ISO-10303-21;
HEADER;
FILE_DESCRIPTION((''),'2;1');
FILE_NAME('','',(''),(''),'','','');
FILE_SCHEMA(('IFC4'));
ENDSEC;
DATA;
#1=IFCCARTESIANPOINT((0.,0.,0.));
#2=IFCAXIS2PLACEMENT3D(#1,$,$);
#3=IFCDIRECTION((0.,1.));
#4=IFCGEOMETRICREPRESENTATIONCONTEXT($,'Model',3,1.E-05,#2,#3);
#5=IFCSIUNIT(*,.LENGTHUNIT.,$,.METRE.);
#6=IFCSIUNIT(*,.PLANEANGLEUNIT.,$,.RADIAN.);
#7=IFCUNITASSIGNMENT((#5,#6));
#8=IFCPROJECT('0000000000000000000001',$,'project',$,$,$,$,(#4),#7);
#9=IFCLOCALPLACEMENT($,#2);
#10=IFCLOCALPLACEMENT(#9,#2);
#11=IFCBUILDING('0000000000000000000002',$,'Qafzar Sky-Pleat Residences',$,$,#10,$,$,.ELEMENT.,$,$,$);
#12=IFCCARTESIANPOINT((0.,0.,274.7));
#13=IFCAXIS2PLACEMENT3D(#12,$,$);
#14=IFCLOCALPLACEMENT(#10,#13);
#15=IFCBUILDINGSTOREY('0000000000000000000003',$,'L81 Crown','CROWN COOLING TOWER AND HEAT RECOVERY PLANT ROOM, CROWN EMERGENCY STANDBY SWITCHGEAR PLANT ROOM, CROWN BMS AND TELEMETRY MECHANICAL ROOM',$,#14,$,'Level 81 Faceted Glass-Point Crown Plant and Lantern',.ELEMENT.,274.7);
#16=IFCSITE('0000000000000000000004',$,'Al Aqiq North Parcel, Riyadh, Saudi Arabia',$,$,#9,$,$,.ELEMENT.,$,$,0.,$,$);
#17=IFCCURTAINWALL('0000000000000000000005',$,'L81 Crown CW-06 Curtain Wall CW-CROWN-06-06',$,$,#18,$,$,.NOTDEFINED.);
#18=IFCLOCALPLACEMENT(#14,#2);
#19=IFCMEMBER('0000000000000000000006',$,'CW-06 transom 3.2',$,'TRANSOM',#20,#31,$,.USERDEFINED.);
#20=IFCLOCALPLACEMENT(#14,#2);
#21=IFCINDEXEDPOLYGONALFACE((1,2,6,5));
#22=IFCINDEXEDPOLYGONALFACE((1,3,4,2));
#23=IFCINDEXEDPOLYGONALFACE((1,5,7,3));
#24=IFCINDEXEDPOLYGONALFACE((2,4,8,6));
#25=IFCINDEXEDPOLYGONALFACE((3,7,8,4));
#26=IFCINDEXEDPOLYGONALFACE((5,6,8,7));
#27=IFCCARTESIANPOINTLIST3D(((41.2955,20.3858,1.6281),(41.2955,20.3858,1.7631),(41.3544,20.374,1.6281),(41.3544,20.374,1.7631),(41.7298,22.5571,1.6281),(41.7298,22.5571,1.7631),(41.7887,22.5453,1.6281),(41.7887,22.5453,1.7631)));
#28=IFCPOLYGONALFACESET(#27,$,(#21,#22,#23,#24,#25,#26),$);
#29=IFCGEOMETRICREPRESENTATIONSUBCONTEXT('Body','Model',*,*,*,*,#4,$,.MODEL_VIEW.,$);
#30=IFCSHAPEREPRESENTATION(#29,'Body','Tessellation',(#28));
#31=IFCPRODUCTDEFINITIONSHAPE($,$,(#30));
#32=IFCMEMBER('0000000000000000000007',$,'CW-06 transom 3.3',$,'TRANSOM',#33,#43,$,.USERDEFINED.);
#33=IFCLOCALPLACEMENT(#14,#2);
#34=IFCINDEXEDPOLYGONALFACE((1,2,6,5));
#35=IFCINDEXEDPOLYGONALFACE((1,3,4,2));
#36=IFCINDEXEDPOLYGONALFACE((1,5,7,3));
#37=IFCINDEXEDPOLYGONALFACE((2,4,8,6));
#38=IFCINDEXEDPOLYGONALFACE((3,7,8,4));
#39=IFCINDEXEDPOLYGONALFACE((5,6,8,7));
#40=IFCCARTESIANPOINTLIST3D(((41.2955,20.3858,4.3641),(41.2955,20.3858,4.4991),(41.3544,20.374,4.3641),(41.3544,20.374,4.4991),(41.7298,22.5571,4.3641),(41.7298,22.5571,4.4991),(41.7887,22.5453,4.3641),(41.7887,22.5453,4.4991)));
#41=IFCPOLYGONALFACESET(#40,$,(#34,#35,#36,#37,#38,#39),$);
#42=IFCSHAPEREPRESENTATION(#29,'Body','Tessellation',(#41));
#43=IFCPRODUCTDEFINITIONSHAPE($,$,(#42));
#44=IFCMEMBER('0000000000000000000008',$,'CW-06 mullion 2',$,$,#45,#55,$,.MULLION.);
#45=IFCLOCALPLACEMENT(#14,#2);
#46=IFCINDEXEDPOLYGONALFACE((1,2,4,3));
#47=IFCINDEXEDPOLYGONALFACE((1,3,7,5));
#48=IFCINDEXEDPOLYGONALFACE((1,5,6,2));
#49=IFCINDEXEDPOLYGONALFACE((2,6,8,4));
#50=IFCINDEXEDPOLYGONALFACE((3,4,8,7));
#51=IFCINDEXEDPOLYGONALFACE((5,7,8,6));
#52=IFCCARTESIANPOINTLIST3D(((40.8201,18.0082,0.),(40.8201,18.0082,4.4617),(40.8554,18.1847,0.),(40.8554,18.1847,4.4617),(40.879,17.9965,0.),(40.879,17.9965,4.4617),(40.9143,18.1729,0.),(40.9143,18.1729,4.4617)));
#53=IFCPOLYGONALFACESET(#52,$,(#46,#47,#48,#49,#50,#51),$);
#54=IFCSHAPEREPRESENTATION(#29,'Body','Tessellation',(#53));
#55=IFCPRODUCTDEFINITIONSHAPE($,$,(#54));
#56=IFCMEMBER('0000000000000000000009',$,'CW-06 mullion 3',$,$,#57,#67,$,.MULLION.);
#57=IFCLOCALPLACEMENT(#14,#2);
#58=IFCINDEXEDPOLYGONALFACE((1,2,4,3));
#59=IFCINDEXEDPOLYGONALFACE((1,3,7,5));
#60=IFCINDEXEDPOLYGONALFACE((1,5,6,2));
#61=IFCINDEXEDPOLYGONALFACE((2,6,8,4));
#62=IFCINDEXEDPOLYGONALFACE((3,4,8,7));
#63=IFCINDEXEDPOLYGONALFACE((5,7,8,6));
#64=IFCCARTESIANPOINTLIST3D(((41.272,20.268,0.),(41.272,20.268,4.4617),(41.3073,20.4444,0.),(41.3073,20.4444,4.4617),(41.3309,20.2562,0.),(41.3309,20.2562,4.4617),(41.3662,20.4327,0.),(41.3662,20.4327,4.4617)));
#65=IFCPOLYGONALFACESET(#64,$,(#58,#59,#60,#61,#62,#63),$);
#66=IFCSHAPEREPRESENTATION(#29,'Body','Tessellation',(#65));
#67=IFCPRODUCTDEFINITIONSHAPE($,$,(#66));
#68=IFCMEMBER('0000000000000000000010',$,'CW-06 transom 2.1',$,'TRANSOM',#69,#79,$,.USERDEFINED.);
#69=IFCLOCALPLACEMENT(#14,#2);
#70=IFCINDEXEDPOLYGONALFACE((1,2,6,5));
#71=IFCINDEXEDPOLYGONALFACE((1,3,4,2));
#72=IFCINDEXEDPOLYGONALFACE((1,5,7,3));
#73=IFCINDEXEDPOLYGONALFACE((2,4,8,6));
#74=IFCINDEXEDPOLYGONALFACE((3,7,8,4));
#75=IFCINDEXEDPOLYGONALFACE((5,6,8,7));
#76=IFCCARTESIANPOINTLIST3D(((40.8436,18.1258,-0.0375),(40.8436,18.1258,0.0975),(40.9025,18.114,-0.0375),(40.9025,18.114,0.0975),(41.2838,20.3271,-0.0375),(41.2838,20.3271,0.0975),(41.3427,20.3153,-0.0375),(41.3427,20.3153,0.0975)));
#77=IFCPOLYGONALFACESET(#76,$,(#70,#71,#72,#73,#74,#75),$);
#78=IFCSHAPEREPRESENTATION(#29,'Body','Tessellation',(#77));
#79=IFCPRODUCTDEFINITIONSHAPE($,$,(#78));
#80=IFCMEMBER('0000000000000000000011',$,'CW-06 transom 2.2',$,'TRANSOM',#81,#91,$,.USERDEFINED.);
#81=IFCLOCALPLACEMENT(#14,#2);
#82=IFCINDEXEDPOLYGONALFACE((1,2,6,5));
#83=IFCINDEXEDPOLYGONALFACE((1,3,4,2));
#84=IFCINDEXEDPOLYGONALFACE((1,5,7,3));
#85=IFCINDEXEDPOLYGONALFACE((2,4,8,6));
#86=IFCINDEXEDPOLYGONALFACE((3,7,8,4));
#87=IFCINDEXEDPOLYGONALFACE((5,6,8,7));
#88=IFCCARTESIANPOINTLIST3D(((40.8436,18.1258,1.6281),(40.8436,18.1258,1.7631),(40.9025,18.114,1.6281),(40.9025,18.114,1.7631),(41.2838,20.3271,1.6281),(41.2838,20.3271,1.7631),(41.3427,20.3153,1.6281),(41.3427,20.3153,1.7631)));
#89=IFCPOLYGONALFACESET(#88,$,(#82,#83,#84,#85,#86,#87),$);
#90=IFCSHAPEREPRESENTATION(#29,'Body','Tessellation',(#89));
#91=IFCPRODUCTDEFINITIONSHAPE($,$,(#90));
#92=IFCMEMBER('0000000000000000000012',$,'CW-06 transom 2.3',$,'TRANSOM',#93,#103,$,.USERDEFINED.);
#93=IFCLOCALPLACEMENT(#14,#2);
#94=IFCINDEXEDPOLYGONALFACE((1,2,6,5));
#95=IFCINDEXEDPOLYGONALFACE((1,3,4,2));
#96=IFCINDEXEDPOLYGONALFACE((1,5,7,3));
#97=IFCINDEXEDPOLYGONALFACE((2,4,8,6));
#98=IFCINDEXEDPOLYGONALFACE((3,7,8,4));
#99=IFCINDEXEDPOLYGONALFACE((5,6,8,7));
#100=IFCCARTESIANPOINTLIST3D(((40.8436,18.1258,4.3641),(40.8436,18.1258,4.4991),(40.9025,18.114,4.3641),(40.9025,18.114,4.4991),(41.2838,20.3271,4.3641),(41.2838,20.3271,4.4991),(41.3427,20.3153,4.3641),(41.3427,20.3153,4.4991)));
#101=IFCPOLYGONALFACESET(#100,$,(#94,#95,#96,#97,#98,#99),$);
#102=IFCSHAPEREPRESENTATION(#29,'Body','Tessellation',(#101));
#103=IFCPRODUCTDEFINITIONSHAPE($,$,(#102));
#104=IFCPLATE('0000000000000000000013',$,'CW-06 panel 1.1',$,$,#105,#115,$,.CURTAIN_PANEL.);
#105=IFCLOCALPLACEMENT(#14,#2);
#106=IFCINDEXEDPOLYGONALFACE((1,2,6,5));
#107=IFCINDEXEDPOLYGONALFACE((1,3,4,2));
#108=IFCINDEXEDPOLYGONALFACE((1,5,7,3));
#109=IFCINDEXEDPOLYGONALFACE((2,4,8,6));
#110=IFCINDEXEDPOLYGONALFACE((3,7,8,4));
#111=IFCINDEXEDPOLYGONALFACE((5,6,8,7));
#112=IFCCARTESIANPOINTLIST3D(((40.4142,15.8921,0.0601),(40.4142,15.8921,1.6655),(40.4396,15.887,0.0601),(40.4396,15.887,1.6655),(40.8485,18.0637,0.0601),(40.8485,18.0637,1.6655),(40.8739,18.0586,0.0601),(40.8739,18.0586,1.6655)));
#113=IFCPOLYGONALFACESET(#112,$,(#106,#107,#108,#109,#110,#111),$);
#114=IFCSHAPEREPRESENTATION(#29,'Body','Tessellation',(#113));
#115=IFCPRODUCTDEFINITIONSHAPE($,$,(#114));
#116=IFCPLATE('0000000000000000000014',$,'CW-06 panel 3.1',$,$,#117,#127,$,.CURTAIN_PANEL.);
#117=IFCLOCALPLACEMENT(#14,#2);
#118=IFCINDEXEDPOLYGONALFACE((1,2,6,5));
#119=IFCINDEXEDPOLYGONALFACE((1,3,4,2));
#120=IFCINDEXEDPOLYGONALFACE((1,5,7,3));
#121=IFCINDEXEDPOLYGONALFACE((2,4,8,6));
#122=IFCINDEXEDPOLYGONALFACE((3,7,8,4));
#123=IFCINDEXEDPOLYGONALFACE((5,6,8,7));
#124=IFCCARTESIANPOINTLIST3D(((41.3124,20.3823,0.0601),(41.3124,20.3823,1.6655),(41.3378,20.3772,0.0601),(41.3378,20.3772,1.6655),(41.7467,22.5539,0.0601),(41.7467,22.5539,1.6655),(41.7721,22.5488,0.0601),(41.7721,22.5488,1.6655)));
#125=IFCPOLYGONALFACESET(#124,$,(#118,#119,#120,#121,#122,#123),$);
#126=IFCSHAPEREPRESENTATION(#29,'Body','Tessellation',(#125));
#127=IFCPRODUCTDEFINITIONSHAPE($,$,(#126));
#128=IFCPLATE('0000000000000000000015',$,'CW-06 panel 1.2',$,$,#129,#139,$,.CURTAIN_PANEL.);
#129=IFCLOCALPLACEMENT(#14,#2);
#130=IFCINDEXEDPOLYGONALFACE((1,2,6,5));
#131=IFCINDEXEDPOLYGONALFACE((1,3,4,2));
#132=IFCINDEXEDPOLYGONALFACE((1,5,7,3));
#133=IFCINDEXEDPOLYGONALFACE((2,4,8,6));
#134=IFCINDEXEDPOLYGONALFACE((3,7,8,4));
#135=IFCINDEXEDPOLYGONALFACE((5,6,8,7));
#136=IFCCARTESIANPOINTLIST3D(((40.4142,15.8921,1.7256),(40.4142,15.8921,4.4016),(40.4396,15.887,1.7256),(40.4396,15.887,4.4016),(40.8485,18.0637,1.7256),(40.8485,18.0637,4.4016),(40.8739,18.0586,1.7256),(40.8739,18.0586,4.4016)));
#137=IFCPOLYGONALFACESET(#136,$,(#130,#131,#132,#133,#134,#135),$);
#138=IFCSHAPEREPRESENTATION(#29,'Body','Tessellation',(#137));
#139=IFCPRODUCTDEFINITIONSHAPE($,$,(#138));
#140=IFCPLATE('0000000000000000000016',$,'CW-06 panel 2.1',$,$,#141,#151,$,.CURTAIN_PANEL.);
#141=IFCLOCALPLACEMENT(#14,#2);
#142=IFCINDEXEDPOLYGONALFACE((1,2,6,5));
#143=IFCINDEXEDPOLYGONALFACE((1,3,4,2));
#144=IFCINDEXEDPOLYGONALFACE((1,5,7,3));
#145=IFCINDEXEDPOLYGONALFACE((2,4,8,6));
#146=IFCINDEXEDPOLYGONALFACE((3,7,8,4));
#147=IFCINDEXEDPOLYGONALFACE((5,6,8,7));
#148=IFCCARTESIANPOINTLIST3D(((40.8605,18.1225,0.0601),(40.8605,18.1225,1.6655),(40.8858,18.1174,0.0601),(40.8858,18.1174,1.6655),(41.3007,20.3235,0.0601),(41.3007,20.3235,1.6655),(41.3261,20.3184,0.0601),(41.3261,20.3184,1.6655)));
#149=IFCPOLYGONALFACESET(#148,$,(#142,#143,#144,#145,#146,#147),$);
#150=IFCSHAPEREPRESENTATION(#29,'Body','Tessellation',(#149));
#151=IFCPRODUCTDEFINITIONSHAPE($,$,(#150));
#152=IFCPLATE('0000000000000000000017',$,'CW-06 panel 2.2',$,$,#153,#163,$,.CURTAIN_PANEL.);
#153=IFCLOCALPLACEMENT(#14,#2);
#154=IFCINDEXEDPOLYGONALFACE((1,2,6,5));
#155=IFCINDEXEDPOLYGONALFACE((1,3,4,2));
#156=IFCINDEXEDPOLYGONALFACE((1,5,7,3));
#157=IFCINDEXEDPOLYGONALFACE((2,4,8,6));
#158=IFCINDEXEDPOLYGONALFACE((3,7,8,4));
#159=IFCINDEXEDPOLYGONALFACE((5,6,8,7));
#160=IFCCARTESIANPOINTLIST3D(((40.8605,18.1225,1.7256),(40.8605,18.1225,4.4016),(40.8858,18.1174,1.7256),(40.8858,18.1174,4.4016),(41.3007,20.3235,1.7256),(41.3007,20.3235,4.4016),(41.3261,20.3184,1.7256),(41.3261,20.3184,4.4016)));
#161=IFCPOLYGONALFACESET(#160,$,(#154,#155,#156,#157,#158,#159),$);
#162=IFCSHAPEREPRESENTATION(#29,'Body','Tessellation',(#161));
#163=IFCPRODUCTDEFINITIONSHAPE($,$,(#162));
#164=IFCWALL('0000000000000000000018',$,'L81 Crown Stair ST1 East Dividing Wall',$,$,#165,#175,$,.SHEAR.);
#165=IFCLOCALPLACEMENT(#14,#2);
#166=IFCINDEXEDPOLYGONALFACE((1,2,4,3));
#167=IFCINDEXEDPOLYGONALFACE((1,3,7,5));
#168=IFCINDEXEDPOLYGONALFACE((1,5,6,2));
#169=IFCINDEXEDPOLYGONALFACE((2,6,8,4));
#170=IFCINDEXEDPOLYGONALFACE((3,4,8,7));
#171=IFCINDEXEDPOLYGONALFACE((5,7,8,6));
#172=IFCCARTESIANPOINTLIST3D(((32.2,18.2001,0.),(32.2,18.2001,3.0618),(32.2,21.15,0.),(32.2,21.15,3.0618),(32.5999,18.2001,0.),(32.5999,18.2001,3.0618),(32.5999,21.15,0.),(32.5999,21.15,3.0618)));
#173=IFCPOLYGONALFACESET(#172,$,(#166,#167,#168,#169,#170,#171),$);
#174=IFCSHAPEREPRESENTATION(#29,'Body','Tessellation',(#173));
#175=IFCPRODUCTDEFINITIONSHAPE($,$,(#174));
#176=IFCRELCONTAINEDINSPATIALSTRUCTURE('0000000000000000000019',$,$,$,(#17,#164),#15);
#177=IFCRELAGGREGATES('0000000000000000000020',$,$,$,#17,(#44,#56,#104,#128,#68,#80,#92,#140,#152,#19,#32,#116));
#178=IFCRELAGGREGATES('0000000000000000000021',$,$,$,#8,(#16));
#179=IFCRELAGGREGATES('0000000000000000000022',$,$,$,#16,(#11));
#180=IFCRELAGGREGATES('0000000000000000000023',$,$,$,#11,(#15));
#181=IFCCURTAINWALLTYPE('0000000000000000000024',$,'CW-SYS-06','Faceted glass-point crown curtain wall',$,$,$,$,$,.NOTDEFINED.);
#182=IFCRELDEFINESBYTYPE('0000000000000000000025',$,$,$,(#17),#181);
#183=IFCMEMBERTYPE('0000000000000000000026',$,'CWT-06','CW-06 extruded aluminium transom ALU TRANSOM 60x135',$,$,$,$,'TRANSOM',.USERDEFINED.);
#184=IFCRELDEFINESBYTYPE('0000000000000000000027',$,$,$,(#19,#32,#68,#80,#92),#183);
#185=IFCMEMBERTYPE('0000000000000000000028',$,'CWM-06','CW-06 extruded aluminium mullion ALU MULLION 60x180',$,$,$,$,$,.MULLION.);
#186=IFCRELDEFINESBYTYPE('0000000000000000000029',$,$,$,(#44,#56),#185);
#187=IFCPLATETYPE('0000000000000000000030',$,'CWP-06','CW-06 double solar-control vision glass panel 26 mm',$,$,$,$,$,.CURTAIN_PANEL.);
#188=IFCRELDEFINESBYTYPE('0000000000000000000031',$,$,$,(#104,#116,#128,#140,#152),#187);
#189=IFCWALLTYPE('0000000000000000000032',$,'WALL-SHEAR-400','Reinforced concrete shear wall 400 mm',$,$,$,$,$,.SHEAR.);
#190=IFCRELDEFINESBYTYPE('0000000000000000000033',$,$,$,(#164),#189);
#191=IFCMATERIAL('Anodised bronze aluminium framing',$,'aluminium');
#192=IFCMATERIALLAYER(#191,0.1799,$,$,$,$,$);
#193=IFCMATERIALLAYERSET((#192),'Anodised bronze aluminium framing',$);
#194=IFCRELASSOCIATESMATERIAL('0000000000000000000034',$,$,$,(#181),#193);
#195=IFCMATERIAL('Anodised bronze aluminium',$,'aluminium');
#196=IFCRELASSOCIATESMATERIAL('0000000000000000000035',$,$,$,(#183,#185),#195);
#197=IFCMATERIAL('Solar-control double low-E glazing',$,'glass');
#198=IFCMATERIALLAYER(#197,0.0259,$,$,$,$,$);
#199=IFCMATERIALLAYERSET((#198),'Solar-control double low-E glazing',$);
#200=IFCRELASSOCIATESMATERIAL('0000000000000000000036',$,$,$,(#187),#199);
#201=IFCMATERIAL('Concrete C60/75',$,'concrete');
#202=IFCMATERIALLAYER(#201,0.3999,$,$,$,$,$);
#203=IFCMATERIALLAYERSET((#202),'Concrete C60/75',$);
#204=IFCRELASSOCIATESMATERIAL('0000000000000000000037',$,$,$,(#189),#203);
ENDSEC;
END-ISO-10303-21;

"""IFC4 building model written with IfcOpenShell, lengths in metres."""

from ifc_helpers import new_model, si_unit, direction, frame, frame_2d, origin, origin_2d, place, context, subcontext, project, spatial, rectangle, extrude, source, transform, mapped, material, layer, layer_set, material_profile, profile_set, type_object, element, aggregate, save


model = new_model("IFC4")

# Units and contexts
model_context = context("Model", 3, precision=1e-05, world=origin(), true_north=direction((0.0, 1.0)))
body_context = subcontext(model_context, "Body", "Model", "MODEL_VIEW")
ifc_project = project(units=[si_unit("LENGTHUNIT", "METRE"), si_unit("PLANEANGLEUNIT", "RADIAN")], contexts=[model_context])

# Site, building, storey
site_placement = place(None, origin())
site = spatial("IfcSite", under=ifc_project, at=site_placement, Name="Al Aqiq North Parcel, Riyadh, Saudi Arabia", CompositionType="ELEMENT", RefElevation=0.0)
building_placement = place(site_placement, origin())
building = spatial("IfcBuilding", under=site, at=building_placement, Name="Qafzar Sky-Pleat Residences", CompositionType="ELEMENT")
storey_placement = place(building_placement, frame((0.0, 0.0, 274.7)))
storey = spatial("IfcBuildingStorey", under=building, at=storey_placement, Name="L81 Crown", Description="CROWN COOLING TOWER AND HEAT RECOVERY PLANT ROOM, CROWN EMERGENCY STANDBY SWITCHGEAR PLANT ROOM, CROWN BMS AND TELEMETRY MECHANICAL ROOM", LongName="Level 81 Faceted Glass-Point Crown Plant and Lantern", CompositionType="ELEMENT", Elevation=274.7)

# Curtain wall, members, plates
ifc_material_1 = material(Name="Anodised bronze aluminium framing", Category="aluminium")
ifc_layer_1 = layer(ifc_material_1, 0.1799)
ifc_layer_set_1 = layer_set([ifc_layer_1], Name="Anodised bronze aluminium framing")
curtain_wall_type = type_object("IfcCurtainWallType", Name="CW-SYS-06", Description="Faceted glass-point crown curtain wall", PredefinedType="NOTDEFINED", material=ifc_layer_set_1)
curtain_wall_placement = place(storey_placement, origin())
curtain_wall = element("IfcCurtainWall", 1, at=curtain_wall_placement, inside=storey, type_object=curtain_wall_type, Name="L81 Crown CW-06 Curtain Wall CW-CROWN-06-06", PredefinedType="NOTDEFINED")
ifc_material_2 = material(Name="Anodised bronze aluminium", Category="aluminium")
ifc_material_profile_1 = material_profile(ifc_material_2, rectangle(XDim=0.0601, YDim=0.135, at=origin_2d()), Name="ALU TRANSOM 60x135")
ifc_profile_set_1 = profile_set([ifc_material_profile_1], Name="Anodised bronze aluminium")
member_type_1 = type_object("IfcMemberType", Name="CWT-06", Description="CW-06 extruded aluminium transom ALU TRANSOM 60x135", ElementType="TRANSOM", PredefinedType="USERDEFINED", material=ifc_profile_set_1)
shared_shape_1 = source(origin(), body_context, "Body", "SweptSolid", [
    extrude(rectangle(XDim=0.0601, YDim=0.135, at=origin_2d()), origin(), (0.0, 0.0, 1.0), 2.2144),
])
member_1_placement = place(storey_placement, frame((41.325, 20.3799, 1.6956), z_axis=(0.196137, 0.980576, 0.0), x_axis=(-0.980576, 0.196137, 0.0)))
member_1 = element("IfcMember", 2, at=member_1_placement, type_object=member_type_1, Name="CW-06 transom 3.2", ObjectType="TRANSOM", PredefinedType="USERDEFINED", context=body_context, shape_type="MappedRepresentation", body=[
    mapped(shared_shape_1, transform((0.0, 0.0, 0.0), x_axis=(1.0, 0.0, 0.0), y_axis=(0.0, 1.0, 0.0), z_axis=(0.0, 0.0, 1.0), scale=1.0)),
])
member_2_placement = place(storey_placement, frame((41.325, 20.3799, 4.4316), z_axis=(0.196137, 0.980576, 0.0), x_axis=(-0.980576, 0.196137, 0.0)))
member_2 = element("IfcMember", 3, at=member_2_placement, type_object=member_type_1, Name="CW-06 transom 3.3", ObjectType="TRANSOM", PredefinedType="USERDEFINED", context=body_context, shape_type="MappedRepresentation", body=[
    mapped(shared_shape_1, transform((0.0, 0.0, 0.0), x_axis=(1.0, 0.0, 0.0), y_axis=(0.0, 1.0, 0.0), z_axis=(0.0, 0.0, 1.0), scale=1.0)),
])
ifc_material_profile_2 = material_profile(ifc_material_2, rectangle(XDim=0.0601, YDim=0.1799, at=origin_2d()), Name="ALU MULLION 60x180")
ifc_profile_set_2 = profile_set([ifc_material_profile_2], Name="Anodised bronze aluminium")
member_type_2 = type_object("IfcMemberType", Name="CWM-06", Description="CW-06 extruded aluminium mullion ALU MULLION 60x180", PredefinedType="MULLION", material=ifc_profile_set_2)
shared_shape_2 = source(origin(), body_context, "Body", "SweptSolid", [
    extrude(rectangle(XDim=0.0601, YDim=0.1799, at=origin_2d()), origin(), (0.0, 0.0, 1.0), 4.4617),
])
member_3_placement = place(storey_placement, frame((40.8672, 18.0906, 0.0), z_axis=(0.0, 0.0, 1.0), x_axis=(-0.980581, 0.196116, 0.0)))
member_3 = element("IfcMember", 4, at=member_3_placement, type_object=member_type_2, Name="CW-06 mullion 2", PredefinedType="MULLION", context=body_context, shape_type="MappedRepresentation", body=[
    mapped(shared_shape_2, transform((0.0, 0.0, 0.0), x_axis=(1.0, 0.0, 0.0), y_axis=(0.0, 1.0, 0.0), z_axis=(0.0, 0.0, 1.0), scale=1.0)),
])
member_4_placement = place(storey_placement, frame((41.3191, 20.3503, 0.0), z_axis=(0.0, 0.0, 1.0), x_axis=(-0.980581, 0.196116, 0.0)))
member_4 = element("IfcMember", 5, at=member_4_placement, type_object=member_type_2, Name="CW-06 mullion 3", PredefinedType="MULLION", context=body_context, shape_type="MappedRepresentation", body=[
    mapped(shared_shape_2, transform((0.0, 0.0, 0.0), x_axis=(1.0, 0.0, 0.0), y_axis=(0.0, 1.0, 0.0), z_axis=(0.0, 0.0, 1.0), scale=1.0)),
])
shared_shape_3 = source(origin(), body_context, "Body", "SweptSolid", [
    extrude(rectangle(XDim=0.0601, YDim=0.135, at=origin_2d()), origin(), (0.0, 0.0, 1.0), 2.2449),
])
member_5_placement = place(storey_placement, frame((40.873, 18.1199, 0.03), z_axis=(0.196095, 0.980585, 0.0), x_axis=(-0.980585, 0.196095, 0.0)))
member_5 = element("IfcMember", 6, at=member_5_placement, type_object=member_type_1, Name="CW-06 transom 2.1", ObjectType="TRANSOM", PredefinedType="USERDEFINED", context=body_context, shape_type="MappedRepresentation", body=[
    mapped(shared_shape_3, transform((0.0, 0.0, 0.0), x_axis=(1.0, 0.0, 0.0), y_axis=(0.0, 1.0, 0.0), z_axis=(0.0, 0.0, 1.0), scale=1.0)),
])
member_6_placement = place(storey_placement, frame((40.873, 18.1199, 1.6956), z_axis=(0.196095, 0.980585, 0.0), x_axis=(-0.980585, 0.196095, 0.0)))
member_6 = element("IfcMember", 7, at=member_6_placement, type_object=member_type_1, Name="CW-06 transom 2.2", ObjectType="TRANSOM", PredefinedType="USERDEFINED", context=body_context, shape_type="MappedRepresentation", body=[
    mapped(shared_shape_3, transform((0.0, 0.0, 0.0), x_axis=(1.0, 0.0, 0.0), y_axis=(0.0, 1.0, 0.0), z_axis=(0.0, 0.0, 1.0), scale=1.0)),
])
member_7_placement = place(storey_placement, frame((40.873, 18.1199, 4.4316), z_axis=(0.196095, 0.980585, 0.0), x_axis=(-0.980585, 0.196095, 0.0)))
member_7 = element("IfcMember", 8, at=member_7_placement, type_object=member_type_1, Name="CW-06 transom 2.3", ObjectType="TRANSOM", PredefinedType="USERDEFINED", context=body_context, shape_type="MappedRepresentation", body=[
    mapped(shared_shape_3, transform((0.0, 0.0, 0.0), x_axis=(1.0, 0.0, 0.0), y_axis=(0.0, 1.0, 0.0), z_axis=(0.0, 0.0, 1.0), scale=1.0)),
])
ifc_material_3 = material(Name="Solar-control double low-E glazing", Category="glass")
ifc_layer_2 = layer(ifc_material_3, 0.0259)
ifc_layer_set_2 = layer_set([ifc_layer_2], Name="Solar-control double low-E glazing")
plate_type = type_object("IfcPlateType", Name="CWP-06", Description="CW-06 double solar-control vision glass panel 26 mm", PredefinedType="CURTAIN_PANEL", material=ifc_layer_set_2)
shared_shape_4 = source(origin(), body_context, "Body", "SweptSolid", [
    extrude(rectangle(XDim=2.2146, YDim=0.0259, at=origin_2d()), origin(), (0.0, 0.0, 1.0), 1.6055),
])
plate_1_placement = place(storey_placement, frame((40.644, 16.9753, 0.0601), z_axis=(0.0, 0.0, 1.0), x_axis=(0.196116, 0.980581, 0.0)))
plate_1 = element("IfcPlate", 9, at=plate_1_placement, type_object=plate_type, Name="CW-06 panel 1.1", PredefinedType="CURTAIN_PANEL", context=body_context, shape_type="MappedRepresentation", body=[
    mapped(shared_shape_4, transform((0.0, 0.0, 0.0), x_axis=(1.0, 0.0, 0.0), y_axis=(0.0, 1.0, 0.0), z_axis=(0.0, 0.0, 1.0), scale=1.0)),
])
plate_2_placement = place(storey_placement, frame((41.5422, 21.4656, 0.0601), z_axis=(0.0, 0.0, 1.0), x_axis=(0.196116, 0.980581, 0.0)))
plate_2 = element("IfcPlate", 10, at=plate_2_placement, type_object=plate_type, Name="CW-06 panel 3.1", PredefinedType="CURTAIN_PANEL", context=body_context, shape_type="MappedRepresentation", body=[
    mapped(shared_shape_4, transform((0.0, 0.0, 0.0), x_axis=(1.0, 0.0, 0.0), y_axis=(0.0, 1.0, 0.0), z_axis=(0.0, 0.0, 1.0), scale=1.0)),
])
shared_shape_5 = source(origin(), body_context, "Body", "SweptSolid", [
    extrude(rectangle(XDim=2.2146, YDim=0.0259, at=origin_2d()), origin(), (0.0, 0.0, 1.0), 2.676),
])
plate_3_placement = place(storey_placement, frame((40.644, 16.9753, 1.7256), z_axis=(0.0, 0.0, 1.0), x_axis=(0.196116, 0.980581, 0.0)))
plate_3 = element("IfcPlate", 11, at=plate_3_placement, type_object=plate_type, Name="CW-06 panel 1.2", PredefinedType="CURTAIN_PANEL", context=body_context, shape_type="MappedRepresentation", body=[
    mapped(shared_shape_5, transform((0.0, 0.0, 0.0), x_axis=(1.0, 0.0, 0.0), y_axis=(0.0, 1.0, 0.0), z_axis=(0.0, 0.0, 1.0), scale=1.0)),
])
shared_shape_6 = source(origin(), body_context, "Body", "SweptSolid", [
    extrude(rectangle(XDim=2.2446, YDim=0.0259, at=origin_2d()), origin(), (0.0, 0.0, 1.0), 1.6055),
])
plate_4_placement = place(storey_placement, frame((41.0933, 19.2205, 0.0601), z_axis=(0.0, 0.0, 1.0), x_axis=(0.196116, 0.980581, 0.0)))
plate_4 = element("IfcPlate", 12, at=plate_4_placement, type_object=plate_type, Name="CW-06 panel 2.1", PredefinedType="CURTAIN_PANEL", context=body_context, shape_type="MappedRepresentation", body=[
    mapped(shared_shape_6, transform((0.0, 0.0, 0.0), x_axis=(1.0, 0.0, 0.0), y_axis=(0.0, 1.0, 0.0), z_axis=(0.0, 0.0, 1.0), scale=1.0)),
])
shared_shape_7 = source(origin(), body_context, "Body", "SweptSolid", [
    extrude(rectangle(XDim=2.2446, YDim=0.0259, at=origin_2d()), origin(), (0.0, 0.0, 1.0), 2.676),
])
plate_5_placement = place(storey_placement, frame((41.0933, 19.2205, 1.7256), z_axis=(0.0, 0.0, 1.0), x_axis=(0.196116, 0.980581, 0.0)))
plate_5 = element("IfcPlate", 13, at=plate_5_placement, type_object=plate_type, Name="CW-06 panel 2.2", PredefinedType="CURTAIN_PANEL", context=body_context, shape_type="MappedRepresentation", body=[
    mapped(shared_shape_7, transform((0.0, 0.0, 0.0), x_axis=(1.0, 0.0, 0.0), y_axis=(0.0, 1.0, 0.0), z_axis=(0.0, 0.0, 1.0), scale=1.0)),
])
aggregate(curtain_wall, [member_3, member_4, plate_1, plate_3, member_5, member_6, member_7, plate_4, plate_5, member_1, member_2, plate_2])

# Wall
ifc_material_4 = material(Name="Concrete C60/75", Category="concrete")
ifc_layer_3 = layer(ifc_material_4, 0.3999)
ifc_layer_set_3 = layer_set([ifc_layer_3], Name="Concrete C60/75")
wall_type_1 = type_object("IfcWallType", Name="WALL-SHEAR-400", Description="Reinforced concrete shear wall 400 mm", PredefinedType="SHEAR", material=ifc_layer_set_3)
wall_1_placement = place(storey_placement, frame((32.3999, 18.2, 0.0), z_axis=(0.0, 0.0, 1.0), x_axis=(0.0, 1.0, 0.0)))
element("IfcWall", 14, at=wall_1_placement, inside=storey, type_object=wall_type_1, Name="L81 Crown Stair ST1 East Dividing Wall", PredefinedType="SHEAR", context=body_context, shape_type="SweptSolid", body=[
    extrude(rectangle(XDim=2.95, YDim=0.3999, at=frame_2d((1.4751, 0.0))), origin(), (0.0, 0.0, 1.0), 3.0618),
])

save(model, "model.ifc")
